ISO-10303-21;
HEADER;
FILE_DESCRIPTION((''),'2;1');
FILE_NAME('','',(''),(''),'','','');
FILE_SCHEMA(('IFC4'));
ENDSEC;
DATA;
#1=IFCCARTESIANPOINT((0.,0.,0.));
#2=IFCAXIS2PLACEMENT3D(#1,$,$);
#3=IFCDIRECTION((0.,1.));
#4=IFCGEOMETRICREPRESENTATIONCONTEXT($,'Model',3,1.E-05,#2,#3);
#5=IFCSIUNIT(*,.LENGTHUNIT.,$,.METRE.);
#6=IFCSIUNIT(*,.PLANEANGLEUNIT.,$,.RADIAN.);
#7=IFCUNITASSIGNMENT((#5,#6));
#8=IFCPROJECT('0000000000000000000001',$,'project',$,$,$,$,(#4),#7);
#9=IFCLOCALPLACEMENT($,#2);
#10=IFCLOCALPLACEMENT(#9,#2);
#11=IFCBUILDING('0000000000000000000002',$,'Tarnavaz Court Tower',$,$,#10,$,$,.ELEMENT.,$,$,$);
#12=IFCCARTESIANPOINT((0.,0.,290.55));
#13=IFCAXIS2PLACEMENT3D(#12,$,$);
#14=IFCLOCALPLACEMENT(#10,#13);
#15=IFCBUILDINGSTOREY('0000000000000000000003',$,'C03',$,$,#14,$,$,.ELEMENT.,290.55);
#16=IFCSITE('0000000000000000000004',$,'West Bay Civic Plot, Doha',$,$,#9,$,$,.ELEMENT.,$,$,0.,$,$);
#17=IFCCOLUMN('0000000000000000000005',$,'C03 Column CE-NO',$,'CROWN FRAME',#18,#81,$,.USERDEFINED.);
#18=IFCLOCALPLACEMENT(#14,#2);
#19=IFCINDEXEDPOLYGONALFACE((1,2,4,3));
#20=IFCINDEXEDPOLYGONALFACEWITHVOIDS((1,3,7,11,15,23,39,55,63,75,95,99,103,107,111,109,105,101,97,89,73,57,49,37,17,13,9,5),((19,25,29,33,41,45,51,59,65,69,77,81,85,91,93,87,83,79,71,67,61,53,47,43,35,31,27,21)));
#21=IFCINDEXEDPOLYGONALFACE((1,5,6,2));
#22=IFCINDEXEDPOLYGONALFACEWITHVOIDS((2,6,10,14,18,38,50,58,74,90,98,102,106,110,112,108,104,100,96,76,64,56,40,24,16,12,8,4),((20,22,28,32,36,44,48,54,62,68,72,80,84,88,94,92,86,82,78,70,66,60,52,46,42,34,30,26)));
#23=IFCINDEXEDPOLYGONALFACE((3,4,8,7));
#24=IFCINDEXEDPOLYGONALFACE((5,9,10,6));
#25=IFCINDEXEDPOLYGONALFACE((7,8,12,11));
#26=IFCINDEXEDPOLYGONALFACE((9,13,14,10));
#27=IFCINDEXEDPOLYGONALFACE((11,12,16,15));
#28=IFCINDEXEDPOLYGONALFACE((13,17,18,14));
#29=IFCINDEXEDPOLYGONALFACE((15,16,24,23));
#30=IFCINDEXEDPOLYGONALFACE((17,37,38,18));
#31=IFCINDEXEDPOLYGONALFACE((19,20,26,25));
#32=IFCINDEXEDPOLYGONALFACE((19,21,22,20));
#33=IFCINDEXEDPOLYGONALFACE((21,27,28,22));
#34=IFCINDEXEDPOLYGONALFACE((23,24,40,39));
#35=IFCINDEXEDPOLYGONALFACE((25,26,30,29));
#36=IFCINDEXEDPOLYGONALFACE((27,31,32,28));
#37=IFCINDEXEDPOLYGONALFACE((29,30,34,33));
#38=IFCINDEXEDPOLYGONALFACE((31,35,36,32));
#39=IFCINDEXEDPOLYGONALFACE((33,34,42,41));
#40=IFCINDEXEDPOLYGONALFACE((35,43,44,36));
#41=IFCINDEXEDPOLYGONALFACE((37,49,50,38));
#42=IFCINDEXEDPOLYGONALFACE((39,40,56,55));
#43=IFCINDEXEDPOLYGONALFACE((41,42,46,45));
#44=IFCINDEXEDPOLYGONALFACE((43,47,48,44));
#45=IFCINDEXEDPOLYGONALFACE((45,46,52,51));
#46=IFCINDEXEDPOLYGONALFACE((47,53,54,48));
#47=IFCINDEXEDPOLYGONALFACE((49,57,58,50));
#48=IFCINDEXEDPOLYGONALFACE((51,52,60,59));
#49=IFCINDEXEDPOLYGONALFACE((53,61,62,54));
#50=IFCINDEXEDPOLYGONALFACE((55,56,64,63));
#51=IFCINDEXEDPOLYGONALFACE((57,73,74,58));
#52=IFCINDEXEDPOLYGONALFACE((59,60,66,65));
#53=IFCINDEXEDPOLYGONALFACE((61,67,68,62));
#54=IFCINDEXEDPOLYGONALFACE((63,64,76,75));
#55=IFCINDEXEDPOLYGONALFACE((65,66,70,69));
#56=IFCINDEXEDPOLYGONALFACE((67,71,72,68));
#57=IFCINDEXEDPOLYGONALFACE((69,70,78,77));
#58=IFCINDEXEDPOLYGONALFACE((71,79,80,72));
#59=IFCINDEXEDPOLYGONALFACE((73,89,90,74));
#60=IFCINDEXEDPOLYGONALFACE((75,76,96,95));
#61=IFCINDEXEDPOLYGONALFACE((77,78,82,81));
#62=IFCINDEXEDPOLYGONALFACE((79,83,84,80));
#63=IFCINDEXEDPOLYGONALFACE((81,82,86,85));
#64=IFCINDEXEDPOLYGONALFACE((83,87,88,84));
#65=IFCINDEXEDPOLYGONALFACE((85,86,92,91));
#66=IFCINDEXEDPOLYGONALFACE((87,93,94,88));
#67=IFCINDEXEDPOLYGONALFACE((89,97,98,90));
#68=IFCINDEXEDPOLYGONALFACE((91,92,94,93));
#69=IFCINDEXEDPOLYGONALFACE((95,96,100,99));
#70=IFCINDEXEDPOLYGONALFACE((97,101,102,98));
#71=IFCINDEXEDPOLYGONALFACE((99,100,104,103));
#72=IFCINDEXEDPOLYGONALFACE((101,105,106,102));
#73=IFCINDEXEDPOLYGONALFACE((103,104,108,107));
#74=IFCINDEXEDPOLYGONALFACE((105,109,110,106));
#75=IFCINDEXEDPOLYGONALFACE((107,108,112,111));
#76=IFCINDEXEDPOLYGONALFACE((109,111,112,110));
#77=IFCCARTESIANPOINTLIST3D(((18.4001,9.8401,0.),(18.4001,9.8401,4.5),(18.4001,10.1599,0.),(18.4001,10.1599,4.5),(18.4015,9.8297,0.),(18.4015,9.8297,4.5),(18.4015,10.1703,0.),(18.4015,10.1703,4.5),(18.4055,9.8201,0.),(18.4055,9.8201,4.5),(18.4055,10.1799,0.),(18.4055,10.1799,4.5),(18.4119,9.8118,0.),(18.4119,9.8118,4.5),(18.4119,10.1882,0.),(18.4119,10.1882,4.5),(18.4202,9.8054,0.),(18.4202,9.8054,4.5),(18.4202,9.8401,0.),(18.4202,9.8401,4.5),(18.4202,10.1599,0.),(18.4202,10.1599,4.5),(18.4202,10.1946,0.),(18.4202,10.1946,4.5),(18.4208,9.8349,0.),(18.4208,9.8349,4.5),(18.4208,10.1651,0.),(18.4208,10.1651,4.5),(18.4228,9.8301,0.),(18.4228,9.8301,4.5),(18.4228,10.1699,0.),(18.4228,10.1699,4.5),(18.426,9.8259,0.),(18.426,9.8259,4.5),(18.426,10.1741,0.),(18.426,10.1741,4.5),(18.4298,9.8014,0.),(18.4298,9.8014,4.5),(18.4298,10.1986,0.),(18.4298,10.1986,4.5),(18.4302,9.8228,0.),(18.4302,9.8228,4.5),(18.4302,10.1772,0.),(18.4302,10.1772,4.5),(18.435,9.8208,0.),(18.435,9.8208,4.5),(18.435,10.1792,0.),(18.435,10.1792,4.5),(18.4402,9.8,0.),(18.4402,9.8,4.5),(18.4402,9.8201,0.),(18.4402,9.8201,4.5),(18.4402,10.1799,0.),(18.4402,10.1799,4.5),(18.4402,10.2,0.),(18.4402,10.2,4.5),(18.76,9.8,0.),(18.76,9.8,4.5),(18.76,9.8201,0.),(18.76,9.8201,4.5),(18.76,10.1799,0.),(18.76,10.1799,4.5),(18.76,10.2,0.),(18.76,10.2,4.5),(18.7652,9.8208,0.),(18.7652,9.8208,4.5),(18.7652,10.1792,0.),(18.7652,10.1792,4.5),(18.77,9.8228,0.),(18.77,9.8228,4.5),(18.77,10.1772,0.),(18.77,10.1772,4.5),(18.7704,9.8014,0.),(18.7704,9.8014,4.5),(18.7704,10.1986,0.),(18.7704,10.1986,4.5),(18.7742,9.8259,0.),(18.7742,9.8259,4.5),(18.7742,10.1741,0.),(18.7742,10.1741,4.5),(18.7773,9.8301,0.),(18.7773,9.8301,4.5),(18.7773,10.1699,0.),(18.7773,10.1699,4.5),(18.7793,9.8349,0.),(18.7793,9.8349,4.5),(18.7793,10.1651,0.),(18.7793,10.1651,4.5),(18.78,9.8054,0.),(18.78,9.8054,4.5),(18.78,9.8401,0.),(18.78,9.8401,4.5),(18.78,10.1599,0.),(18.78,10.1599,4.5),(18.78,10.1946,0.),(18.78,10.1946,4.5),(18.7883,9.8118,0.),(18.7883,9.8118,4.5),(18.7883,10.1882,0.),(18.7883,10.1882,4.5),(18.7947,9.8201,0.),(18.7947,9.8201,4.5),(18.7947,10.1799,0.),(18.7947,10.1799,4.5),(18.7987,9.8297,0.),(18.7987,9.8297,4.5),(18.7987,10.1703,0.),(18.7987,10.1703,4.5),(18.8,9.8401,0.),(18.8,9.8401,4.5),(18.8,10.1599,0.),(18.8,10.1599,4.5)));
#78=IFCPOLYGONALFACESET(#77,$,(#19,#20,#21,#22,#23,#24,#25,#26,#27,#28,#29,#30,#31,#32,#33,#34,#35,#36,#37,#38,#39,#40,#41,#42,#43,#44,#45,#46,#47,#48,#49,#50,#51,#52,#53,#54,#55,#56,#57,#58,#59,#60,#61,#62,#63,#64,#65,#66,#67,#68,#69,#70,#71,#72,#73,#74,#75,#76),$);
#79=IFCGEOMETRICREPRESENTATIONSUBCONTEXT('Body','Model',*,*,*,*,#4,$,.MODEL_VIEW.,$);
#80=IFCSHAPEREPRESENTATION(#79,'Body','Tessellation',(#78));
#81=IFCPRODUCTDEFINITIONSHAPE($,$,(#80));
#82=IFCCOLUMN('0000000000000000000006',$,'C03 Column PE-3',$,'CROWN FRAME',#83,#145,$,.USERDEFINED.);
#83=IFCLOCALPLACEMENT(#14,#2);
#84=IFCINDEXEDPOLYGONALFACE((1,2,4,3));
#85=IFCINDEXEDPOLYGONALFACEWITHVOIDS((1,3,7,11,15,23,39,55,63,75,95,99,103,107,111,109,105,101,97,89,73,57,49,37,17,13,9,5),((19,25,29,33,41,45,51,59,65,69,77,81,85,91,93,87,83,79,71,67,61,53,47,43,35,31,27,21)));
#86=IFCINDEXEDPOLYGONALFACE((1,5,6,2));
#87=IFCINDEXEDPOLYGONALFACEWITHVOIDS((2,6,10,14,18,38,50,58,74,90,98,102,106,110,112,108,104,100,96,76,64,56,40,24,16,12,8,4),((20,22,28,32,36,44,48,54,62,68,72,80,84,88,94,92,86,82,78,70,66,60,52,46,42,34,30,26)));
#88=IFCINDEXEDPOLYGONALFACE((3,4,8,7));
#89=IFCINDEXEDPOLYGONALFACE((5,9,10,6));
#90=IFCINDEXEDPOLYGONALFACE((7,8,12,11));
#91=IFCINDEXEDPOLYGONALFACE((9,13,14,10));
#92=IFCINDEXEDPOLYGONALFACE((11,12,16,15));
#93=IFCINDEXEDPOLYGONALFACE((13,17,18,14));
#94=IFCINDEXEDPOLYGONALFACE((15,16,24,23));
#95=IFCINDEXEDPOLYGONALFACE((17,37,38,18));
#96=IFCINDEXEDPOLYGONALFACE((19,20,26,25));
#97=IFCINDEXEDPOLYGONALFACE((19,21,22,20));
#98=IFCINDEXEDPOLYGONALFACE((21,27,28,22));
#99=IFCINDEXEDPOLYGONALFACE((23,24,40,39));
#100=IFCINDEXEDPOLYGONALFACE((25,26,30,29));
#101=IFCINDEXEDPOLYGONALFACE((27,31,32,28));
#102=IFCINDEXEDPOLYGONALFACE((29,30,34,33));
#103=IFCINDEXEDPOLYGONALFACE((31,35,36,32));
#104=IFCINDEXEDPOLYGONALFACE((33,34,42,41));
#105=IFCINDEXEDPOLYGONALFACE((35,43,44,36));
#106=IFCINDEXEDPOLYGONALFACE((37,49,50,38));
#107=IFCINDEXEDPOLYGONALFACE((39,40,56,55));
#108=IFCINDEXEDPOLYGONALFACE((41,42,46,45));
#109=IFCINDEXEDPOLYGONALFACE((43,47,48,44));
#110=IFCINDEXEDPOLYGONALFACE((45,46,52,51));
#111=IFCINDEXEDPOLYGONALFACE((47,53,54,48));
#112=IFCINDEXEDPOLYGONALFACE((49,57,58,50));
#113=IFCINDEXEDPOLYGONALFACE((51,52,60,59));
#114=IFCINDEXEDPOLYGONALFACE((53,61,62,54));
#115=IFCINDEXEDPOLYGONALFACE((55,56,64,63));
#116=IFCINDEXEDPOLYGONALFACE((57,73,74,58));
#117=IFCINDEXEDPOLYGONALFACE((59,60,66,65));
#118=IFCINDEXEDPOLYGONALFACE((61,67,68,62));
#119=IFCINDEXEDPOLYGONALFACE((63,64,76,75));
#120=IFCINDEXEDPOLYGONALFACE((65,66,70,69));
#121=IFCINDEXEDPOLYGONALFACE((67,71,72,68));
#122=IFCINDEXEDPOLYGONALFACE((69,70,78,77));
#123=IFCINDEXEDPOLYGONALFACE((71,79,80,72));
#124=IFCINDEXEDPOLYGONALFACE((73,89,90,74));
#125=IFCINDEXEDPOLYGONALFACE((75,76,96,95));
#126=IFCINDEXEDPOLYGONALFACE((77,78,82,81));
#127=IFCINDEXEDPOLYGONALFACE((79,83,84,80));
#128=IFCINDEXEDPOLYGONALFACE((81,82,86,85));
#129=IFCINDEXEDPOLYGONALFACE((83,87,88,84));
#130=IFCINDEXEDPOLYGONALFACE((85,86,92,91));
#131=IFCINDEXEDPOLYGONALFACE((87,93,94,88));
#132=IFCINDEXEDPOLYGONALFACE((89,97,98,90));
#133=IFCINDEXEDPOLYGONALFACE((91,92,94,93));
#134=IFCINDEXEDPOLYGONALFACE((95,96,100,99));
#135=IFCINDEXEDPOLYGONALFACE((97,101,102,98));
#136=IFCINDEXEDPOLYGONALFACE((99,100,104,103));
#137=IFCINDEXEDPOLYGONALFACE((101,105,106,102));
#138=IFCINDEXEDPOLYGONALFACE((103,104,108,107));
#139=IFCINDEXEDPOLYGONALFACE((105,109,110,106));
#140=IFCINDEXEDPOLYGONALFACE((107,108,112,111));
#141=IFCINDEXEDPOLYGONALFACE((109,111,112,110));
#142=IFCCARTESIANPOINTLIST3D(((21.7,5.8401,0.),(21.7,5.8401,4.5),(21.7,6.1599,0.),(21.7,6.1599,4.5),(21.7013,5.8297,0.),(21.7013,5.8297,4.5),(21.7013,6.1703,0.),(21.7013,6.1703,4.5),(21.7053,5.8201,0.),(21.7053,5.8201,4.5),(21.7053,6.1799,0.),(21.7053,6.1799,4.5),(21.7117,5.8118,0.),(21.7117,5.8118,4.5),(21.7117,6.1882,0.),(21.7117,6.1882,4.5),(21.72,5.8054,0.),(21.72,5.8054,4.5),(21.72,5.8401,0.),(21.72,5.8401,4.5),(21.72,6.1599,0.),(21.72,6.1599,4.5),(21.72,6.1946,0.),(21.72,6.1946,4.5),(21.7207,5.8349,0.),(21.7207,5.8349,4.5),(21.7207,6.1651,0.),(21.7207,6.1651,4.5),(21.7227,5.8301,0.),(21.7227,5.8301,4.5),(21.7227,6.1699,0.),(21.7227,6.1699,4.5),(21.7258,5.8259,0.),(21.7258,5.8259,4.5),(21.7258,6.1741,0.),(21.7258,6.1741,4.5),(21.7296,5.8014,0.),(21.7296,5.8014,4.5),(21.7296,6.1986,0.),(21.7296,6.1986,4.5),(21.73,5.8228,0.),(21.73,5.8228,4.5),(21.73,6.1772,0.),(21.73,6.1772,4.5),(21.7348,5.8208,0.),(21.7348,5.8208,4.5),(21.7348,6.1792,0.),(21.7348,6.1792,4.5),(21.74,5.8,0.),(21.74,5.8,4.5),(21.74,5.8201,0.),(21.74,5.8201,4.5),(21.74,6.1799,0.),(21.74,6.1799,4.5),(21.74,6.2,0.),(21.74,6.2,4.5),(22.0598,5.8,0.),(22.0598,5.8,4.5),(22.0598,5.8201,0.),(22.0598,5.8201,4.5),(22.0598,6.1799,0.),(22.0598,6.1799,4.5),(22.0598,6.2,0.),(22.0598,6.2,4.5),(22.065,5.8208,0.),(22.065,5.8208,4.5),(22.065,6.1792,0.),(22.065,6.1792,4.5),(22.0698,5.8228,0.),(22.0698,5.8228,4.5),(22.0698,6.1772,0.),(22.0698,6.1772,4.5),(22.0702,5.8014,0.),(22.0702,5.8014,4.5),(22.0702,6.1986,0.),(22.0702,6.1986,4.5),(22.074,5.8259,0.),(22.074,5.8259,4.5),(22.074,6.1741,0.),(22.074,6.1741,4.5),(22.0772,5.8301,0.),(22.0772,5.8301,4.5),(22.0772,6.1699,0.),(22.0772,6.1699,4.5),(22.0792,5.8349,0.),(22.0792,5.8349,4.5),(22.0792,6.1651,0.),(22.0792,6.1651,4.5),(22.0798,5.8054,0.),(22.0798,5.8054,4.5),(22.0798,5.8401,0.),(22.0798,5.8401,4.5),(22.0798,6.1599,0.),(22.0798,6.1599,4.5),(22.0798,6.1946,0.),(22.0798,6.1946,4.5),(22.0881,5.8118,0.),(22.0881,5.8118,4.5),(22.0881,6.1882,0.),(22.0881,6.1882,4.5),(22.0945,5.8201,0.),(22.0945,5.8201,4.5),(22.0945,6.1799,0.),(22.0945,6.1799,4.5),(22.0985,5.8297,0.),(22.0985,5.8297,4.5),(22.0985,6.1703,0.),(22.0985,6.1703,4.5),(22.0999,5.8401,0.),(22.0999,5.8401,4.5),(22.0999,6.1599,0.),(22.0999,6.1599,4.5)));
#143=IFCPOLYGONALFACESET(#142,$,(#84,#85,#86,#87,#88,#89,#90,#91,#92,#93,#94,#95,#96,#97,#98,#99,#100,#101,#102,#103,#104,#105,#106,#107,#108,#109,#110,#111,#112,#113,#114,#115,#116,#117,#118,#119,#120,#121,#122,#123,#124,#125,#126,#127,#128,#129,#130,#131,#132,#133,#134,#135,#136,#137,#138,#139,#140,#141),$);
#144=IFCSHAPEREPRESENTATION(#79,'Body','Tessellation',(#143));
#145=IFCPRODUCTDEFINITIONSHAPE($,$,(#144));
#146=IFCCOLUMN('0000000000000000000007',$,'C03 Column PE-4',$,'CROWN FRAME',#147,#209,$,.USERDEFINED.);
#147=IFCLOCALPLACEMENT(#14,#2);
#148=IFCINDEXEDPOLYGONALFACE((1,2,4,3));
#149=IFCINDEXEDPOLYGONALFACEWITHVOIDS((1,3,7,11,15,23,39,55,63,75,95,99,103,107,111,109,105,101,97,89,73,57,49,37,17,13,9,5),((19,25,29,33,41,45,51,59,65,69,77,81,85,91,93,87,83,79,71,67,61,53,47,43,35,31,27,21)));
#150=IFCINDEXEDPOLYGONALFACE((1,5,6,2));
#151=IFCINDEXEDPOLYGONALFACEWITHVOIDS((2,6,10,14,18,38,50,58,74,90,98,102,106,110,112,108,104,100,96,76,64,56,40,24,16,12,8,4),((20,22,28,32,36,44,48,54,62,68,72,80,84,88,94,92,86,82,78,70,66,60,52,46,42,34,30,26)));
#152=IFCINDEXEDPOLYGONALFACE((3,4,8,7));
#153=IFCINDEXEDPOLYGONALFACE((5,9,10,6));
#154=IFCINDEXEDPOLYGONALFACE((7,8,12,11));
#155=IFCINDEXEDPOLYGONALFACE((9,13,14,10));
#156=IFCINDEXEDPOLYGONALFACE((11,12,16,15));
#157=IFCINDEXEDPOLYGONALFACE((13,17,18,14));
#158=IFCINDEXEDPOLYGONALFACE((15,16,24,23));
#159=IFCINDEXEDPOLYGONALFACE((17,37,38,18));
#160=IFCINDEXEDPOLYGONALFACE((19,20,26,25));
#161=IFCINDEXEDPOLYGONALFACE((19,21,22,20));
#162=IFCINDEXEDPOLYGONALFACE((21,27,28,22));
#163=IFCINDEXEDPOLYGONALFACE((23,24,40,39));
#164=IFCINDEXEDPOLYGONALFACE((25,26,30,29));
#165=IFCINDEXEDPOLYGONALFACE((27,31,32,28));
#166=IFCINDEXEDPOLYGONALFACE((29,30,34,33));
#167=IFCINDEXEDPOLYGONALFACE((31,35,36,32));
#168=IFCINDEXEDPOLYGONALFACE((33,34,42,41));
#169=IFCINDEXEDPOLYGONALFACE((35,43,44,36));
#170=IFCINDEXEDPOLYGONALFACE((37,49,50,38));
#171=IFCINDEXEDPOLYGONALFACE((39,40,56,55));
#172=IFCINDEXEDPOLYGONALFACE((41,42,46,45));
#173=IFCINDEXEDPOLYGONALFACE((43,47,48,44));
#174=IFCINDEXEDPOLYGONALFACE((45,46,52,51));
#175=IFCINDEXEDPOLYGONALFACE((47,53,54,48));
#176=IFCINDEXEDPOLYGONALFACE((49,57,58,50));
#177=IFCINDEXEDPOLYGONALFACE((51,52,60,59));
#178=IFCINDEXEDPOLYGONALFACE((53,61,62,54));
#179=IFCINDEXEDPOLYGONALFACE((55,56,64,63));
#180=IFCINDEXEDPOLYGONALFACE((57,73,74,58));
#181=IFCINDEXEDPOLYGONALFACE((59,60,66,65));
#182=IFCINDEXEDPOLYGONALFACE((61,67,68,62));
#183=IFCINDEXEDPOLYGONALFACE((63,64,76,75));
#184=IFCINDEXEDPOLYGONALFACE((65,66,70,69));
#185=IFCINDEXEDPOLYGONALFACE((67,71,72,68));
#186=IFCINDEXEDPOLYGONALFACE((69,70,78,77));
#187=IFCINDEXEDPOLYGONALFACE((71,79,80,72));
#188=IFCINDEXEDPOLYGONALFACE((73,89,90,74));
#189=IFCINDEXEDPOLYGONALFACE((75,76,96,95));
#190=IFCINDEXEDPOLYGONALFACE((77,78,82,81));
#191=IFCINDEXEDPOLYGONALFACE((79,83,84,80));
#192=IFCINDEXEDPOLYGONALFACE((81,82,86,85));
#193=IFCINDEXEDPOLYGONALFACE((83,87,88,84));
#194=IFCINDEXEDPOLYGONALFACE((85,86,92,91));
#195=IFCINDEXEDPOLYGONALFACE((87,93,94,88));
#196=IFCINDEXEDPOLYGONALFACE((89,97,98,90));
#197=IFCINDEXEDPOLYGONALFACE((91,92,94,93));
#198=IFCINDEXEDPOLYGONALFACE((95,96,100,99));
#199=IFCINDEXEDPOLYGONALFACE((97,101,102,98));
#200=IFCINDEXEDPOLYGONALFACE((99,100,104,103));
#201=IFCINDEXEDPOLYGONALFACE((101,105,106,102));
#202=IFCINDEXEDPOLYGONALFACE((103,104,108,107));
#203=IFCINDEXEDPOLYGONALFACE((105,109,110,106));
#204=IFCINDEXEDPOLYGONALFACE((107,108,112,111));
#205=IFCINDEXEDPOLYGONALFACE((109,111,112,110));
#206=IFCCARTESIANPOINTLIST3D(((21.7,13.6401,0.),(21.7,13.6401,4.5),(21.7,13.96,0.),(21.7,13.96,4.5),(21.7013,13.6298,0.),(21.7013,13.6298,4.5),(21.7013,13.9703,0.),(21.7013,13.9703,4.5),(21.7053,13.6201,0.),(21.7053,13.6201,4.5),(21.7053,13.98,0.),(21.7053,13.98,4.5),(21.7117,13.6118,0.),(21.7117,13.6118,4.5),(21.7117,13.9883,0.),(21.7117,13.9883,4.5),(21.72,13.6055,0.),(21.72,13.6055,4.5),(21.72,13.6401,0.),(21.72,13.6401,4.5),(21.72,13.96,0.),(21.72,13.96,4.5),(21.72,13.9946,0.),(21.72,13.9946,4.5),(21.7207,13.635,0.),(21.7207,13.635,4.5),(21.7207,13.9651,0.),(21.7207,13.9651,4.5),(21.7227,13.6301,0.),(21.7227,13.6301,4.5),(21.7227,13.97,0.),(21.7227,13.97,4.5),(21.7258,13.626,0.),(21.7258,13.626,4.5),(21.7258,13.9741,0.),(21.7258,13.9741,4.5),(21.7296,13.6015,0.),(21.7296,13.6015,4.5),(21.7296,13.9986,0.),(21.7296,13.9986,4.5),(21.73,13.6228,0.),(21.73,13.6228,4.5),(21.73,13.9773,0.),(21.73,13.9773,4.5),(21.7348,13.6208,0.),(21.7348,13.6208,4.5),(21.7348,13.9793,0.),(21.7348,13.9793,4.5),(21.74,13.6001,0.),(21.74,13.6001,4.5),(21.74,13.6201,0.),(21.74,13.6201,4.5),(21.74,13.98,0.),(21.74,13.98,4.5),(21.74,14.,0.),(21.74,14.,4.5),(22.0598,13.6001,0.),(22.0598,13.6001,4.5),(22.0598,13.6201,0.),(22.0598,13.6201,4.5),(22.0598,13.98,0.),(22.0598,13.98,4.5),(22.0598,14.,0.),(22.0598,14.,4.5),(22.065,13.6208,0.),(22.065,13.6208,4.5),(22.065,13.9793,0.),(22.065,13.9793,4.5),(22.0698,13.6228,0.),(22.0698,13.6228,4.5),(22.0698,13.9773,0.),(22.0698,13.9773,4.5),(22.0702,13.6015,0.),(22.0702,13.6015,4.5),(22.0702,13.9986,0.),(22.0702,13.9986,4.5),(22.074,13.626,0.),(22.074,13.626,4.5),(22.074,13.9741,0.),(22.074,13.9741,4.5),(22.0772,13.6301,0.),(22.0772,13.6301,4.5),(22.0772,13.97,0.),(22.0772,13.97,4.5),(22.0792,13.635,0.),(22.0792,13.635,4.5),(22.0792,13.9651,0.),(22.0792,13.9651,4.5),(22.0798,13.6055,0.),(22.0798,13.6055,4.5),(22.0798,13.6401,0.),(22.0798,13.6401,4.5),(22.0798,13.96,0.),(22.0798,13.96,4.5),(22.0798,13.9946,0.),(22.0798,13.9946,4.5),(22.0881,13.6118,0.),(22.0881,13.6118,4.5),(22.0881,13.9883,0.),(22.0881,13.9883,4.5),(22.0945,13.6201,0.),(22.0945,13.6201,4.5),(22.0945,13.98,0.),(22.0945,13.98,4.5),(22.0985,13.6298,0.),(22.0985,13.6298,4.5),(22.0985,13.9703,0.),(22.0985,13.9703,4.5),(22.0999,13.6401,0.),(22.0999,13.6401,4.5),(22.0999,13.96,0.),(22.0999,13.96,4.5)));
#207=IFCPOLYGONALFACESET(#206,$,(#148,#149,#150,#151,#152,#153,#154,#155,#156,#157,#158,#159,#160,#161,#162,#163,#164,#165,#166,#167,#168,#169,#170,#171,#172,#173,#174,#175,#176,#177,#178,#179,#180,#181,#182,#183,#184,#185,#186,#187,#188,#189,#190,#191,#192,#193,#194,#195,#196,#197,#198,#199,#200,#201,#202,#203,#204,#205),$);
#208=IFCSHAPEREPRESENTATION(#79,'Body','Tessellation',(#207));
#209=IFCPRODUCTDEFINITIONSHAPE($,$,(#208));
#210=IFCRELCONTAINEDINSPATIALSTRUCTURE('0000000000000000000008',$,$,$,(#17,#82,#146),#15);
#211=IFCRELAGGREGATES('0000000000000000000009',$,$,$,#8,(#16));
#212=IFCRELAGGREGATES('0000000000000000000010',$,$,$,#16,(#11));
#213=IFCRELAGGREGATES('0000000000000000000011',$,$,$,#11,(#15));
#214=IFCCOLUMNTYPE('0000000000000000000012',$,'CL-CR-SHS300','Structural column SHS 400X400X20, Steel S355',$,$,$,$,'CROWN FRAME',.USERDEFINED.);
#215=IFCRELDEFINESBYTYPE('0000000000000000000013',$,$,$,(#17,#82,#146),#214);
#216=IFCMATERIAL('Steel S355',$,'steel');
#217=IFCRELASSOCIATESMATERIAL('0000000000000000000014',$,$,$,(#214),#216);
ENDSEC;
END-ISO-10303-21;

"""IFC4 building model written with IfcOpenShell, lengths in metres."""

from ifc_helpers import new_model, si_unit, direction, frame, origin, origin_2d, place, context, subcontext, project, spatial, hollow_rectangle, extrude, material, material_profile, profile_set, type_object, element, save


model = new_model("IFC4")

# Units and contexts
model_context = context("Model", 3, precision=1e-05, world=origin(), true_north=direction((0.0, 1.0)))
body_context = subcontext(model_context, "Body", "Model", "MODEL_VIEW")
ifc_project = project(units=[si_unit("LENGTHUNIT", "METRE"), si_unit("PLANEANGLEUNIT", "RADIAN")], contexts=[model_context])

# Site, building, storey
site_placement = place(None, origin())
site = spatial("IfcSite", under=ifc_project, at=site_placement, Name="West Bay Civic Plot, Doha", CompositionType="ELEMENT", RefElevation=0.0)
building_placement = place(site_placement, origin())
building = spatial("IfcBuilding", under=site, at=building_placement, Name="Tarnavaz Court Tower", CompositionType="ELEMENT")
storey_placement = place(building_placement, frame((0.0, 0.0, 290.55)))
storey = spatial("IfcBuildingStorey", under=building, at=storey_placement, Name="C03", CompositionType="ELEMENT", Elevation=290.55)

# Columns
ifc_material_1 = material(Name="Steel S355", Category="steel")
ifc_material_profile_1 = material_profile(ifc_material_1, hollow_rectangle(XDim=0.3999, YDim=0.3999, WallThickness=0.02, InnerFilletRadius=0.02, OuterFilletRadius=0.04, at=origin_2d()), Name="SHS 400X400X20")
ifc_profile_set_1 = profile_set([ifc_material_profile_1], Name="Steel S355")
column_type = type_object("IfcColumnType", Name="CL-CR-SHS300", Description="Structural column SHS 400X400X20, Steel S355", ElementType="CROWN FRAME", PredefinedType="USERDEFINED", material=ifc_profile_set_1)
for number, where, z_axis, x_axis, name in (
    (1, (18.6001, 10.0, 0.0), (0.0, 0.0, 1.0), (1.0, 0.0, 0.0), "C03 Column CE-NO"),
    (2, (21.8999, 6.0, 0.0), (0.0, 0.0, 1.0), (1.0, 0.0, 0.0), "C03 Column PE-3"),
    (3, (21.8999, 13.8, 0.0), (0.0, 0.0, 1.0), (1.0, 0.0, 0.0), "C03 Column PE-4"),
):
    element("IfcColumn", number, at=place(storey_placement, frame(where, z_axis=z_axis, x_axis=x_axis)), inside=storey, type_object=column_type, Name=name, ObjectType="CROWN FRAME", PredefinedType="USERDEFINED", context=body_context, shape_type="SweptSolid", body=[
        extrude(hollow_rectangle(XDim=0.3999, YDim=0.3999, WallThickness=0.02, InnerFilletRadius=0.02, OuterFilletRadius=0.04, at=origin_2d()), origin(), (0.0, 0.0, 1.0), 4.5),
    ])

save(model, "model.ifc")
